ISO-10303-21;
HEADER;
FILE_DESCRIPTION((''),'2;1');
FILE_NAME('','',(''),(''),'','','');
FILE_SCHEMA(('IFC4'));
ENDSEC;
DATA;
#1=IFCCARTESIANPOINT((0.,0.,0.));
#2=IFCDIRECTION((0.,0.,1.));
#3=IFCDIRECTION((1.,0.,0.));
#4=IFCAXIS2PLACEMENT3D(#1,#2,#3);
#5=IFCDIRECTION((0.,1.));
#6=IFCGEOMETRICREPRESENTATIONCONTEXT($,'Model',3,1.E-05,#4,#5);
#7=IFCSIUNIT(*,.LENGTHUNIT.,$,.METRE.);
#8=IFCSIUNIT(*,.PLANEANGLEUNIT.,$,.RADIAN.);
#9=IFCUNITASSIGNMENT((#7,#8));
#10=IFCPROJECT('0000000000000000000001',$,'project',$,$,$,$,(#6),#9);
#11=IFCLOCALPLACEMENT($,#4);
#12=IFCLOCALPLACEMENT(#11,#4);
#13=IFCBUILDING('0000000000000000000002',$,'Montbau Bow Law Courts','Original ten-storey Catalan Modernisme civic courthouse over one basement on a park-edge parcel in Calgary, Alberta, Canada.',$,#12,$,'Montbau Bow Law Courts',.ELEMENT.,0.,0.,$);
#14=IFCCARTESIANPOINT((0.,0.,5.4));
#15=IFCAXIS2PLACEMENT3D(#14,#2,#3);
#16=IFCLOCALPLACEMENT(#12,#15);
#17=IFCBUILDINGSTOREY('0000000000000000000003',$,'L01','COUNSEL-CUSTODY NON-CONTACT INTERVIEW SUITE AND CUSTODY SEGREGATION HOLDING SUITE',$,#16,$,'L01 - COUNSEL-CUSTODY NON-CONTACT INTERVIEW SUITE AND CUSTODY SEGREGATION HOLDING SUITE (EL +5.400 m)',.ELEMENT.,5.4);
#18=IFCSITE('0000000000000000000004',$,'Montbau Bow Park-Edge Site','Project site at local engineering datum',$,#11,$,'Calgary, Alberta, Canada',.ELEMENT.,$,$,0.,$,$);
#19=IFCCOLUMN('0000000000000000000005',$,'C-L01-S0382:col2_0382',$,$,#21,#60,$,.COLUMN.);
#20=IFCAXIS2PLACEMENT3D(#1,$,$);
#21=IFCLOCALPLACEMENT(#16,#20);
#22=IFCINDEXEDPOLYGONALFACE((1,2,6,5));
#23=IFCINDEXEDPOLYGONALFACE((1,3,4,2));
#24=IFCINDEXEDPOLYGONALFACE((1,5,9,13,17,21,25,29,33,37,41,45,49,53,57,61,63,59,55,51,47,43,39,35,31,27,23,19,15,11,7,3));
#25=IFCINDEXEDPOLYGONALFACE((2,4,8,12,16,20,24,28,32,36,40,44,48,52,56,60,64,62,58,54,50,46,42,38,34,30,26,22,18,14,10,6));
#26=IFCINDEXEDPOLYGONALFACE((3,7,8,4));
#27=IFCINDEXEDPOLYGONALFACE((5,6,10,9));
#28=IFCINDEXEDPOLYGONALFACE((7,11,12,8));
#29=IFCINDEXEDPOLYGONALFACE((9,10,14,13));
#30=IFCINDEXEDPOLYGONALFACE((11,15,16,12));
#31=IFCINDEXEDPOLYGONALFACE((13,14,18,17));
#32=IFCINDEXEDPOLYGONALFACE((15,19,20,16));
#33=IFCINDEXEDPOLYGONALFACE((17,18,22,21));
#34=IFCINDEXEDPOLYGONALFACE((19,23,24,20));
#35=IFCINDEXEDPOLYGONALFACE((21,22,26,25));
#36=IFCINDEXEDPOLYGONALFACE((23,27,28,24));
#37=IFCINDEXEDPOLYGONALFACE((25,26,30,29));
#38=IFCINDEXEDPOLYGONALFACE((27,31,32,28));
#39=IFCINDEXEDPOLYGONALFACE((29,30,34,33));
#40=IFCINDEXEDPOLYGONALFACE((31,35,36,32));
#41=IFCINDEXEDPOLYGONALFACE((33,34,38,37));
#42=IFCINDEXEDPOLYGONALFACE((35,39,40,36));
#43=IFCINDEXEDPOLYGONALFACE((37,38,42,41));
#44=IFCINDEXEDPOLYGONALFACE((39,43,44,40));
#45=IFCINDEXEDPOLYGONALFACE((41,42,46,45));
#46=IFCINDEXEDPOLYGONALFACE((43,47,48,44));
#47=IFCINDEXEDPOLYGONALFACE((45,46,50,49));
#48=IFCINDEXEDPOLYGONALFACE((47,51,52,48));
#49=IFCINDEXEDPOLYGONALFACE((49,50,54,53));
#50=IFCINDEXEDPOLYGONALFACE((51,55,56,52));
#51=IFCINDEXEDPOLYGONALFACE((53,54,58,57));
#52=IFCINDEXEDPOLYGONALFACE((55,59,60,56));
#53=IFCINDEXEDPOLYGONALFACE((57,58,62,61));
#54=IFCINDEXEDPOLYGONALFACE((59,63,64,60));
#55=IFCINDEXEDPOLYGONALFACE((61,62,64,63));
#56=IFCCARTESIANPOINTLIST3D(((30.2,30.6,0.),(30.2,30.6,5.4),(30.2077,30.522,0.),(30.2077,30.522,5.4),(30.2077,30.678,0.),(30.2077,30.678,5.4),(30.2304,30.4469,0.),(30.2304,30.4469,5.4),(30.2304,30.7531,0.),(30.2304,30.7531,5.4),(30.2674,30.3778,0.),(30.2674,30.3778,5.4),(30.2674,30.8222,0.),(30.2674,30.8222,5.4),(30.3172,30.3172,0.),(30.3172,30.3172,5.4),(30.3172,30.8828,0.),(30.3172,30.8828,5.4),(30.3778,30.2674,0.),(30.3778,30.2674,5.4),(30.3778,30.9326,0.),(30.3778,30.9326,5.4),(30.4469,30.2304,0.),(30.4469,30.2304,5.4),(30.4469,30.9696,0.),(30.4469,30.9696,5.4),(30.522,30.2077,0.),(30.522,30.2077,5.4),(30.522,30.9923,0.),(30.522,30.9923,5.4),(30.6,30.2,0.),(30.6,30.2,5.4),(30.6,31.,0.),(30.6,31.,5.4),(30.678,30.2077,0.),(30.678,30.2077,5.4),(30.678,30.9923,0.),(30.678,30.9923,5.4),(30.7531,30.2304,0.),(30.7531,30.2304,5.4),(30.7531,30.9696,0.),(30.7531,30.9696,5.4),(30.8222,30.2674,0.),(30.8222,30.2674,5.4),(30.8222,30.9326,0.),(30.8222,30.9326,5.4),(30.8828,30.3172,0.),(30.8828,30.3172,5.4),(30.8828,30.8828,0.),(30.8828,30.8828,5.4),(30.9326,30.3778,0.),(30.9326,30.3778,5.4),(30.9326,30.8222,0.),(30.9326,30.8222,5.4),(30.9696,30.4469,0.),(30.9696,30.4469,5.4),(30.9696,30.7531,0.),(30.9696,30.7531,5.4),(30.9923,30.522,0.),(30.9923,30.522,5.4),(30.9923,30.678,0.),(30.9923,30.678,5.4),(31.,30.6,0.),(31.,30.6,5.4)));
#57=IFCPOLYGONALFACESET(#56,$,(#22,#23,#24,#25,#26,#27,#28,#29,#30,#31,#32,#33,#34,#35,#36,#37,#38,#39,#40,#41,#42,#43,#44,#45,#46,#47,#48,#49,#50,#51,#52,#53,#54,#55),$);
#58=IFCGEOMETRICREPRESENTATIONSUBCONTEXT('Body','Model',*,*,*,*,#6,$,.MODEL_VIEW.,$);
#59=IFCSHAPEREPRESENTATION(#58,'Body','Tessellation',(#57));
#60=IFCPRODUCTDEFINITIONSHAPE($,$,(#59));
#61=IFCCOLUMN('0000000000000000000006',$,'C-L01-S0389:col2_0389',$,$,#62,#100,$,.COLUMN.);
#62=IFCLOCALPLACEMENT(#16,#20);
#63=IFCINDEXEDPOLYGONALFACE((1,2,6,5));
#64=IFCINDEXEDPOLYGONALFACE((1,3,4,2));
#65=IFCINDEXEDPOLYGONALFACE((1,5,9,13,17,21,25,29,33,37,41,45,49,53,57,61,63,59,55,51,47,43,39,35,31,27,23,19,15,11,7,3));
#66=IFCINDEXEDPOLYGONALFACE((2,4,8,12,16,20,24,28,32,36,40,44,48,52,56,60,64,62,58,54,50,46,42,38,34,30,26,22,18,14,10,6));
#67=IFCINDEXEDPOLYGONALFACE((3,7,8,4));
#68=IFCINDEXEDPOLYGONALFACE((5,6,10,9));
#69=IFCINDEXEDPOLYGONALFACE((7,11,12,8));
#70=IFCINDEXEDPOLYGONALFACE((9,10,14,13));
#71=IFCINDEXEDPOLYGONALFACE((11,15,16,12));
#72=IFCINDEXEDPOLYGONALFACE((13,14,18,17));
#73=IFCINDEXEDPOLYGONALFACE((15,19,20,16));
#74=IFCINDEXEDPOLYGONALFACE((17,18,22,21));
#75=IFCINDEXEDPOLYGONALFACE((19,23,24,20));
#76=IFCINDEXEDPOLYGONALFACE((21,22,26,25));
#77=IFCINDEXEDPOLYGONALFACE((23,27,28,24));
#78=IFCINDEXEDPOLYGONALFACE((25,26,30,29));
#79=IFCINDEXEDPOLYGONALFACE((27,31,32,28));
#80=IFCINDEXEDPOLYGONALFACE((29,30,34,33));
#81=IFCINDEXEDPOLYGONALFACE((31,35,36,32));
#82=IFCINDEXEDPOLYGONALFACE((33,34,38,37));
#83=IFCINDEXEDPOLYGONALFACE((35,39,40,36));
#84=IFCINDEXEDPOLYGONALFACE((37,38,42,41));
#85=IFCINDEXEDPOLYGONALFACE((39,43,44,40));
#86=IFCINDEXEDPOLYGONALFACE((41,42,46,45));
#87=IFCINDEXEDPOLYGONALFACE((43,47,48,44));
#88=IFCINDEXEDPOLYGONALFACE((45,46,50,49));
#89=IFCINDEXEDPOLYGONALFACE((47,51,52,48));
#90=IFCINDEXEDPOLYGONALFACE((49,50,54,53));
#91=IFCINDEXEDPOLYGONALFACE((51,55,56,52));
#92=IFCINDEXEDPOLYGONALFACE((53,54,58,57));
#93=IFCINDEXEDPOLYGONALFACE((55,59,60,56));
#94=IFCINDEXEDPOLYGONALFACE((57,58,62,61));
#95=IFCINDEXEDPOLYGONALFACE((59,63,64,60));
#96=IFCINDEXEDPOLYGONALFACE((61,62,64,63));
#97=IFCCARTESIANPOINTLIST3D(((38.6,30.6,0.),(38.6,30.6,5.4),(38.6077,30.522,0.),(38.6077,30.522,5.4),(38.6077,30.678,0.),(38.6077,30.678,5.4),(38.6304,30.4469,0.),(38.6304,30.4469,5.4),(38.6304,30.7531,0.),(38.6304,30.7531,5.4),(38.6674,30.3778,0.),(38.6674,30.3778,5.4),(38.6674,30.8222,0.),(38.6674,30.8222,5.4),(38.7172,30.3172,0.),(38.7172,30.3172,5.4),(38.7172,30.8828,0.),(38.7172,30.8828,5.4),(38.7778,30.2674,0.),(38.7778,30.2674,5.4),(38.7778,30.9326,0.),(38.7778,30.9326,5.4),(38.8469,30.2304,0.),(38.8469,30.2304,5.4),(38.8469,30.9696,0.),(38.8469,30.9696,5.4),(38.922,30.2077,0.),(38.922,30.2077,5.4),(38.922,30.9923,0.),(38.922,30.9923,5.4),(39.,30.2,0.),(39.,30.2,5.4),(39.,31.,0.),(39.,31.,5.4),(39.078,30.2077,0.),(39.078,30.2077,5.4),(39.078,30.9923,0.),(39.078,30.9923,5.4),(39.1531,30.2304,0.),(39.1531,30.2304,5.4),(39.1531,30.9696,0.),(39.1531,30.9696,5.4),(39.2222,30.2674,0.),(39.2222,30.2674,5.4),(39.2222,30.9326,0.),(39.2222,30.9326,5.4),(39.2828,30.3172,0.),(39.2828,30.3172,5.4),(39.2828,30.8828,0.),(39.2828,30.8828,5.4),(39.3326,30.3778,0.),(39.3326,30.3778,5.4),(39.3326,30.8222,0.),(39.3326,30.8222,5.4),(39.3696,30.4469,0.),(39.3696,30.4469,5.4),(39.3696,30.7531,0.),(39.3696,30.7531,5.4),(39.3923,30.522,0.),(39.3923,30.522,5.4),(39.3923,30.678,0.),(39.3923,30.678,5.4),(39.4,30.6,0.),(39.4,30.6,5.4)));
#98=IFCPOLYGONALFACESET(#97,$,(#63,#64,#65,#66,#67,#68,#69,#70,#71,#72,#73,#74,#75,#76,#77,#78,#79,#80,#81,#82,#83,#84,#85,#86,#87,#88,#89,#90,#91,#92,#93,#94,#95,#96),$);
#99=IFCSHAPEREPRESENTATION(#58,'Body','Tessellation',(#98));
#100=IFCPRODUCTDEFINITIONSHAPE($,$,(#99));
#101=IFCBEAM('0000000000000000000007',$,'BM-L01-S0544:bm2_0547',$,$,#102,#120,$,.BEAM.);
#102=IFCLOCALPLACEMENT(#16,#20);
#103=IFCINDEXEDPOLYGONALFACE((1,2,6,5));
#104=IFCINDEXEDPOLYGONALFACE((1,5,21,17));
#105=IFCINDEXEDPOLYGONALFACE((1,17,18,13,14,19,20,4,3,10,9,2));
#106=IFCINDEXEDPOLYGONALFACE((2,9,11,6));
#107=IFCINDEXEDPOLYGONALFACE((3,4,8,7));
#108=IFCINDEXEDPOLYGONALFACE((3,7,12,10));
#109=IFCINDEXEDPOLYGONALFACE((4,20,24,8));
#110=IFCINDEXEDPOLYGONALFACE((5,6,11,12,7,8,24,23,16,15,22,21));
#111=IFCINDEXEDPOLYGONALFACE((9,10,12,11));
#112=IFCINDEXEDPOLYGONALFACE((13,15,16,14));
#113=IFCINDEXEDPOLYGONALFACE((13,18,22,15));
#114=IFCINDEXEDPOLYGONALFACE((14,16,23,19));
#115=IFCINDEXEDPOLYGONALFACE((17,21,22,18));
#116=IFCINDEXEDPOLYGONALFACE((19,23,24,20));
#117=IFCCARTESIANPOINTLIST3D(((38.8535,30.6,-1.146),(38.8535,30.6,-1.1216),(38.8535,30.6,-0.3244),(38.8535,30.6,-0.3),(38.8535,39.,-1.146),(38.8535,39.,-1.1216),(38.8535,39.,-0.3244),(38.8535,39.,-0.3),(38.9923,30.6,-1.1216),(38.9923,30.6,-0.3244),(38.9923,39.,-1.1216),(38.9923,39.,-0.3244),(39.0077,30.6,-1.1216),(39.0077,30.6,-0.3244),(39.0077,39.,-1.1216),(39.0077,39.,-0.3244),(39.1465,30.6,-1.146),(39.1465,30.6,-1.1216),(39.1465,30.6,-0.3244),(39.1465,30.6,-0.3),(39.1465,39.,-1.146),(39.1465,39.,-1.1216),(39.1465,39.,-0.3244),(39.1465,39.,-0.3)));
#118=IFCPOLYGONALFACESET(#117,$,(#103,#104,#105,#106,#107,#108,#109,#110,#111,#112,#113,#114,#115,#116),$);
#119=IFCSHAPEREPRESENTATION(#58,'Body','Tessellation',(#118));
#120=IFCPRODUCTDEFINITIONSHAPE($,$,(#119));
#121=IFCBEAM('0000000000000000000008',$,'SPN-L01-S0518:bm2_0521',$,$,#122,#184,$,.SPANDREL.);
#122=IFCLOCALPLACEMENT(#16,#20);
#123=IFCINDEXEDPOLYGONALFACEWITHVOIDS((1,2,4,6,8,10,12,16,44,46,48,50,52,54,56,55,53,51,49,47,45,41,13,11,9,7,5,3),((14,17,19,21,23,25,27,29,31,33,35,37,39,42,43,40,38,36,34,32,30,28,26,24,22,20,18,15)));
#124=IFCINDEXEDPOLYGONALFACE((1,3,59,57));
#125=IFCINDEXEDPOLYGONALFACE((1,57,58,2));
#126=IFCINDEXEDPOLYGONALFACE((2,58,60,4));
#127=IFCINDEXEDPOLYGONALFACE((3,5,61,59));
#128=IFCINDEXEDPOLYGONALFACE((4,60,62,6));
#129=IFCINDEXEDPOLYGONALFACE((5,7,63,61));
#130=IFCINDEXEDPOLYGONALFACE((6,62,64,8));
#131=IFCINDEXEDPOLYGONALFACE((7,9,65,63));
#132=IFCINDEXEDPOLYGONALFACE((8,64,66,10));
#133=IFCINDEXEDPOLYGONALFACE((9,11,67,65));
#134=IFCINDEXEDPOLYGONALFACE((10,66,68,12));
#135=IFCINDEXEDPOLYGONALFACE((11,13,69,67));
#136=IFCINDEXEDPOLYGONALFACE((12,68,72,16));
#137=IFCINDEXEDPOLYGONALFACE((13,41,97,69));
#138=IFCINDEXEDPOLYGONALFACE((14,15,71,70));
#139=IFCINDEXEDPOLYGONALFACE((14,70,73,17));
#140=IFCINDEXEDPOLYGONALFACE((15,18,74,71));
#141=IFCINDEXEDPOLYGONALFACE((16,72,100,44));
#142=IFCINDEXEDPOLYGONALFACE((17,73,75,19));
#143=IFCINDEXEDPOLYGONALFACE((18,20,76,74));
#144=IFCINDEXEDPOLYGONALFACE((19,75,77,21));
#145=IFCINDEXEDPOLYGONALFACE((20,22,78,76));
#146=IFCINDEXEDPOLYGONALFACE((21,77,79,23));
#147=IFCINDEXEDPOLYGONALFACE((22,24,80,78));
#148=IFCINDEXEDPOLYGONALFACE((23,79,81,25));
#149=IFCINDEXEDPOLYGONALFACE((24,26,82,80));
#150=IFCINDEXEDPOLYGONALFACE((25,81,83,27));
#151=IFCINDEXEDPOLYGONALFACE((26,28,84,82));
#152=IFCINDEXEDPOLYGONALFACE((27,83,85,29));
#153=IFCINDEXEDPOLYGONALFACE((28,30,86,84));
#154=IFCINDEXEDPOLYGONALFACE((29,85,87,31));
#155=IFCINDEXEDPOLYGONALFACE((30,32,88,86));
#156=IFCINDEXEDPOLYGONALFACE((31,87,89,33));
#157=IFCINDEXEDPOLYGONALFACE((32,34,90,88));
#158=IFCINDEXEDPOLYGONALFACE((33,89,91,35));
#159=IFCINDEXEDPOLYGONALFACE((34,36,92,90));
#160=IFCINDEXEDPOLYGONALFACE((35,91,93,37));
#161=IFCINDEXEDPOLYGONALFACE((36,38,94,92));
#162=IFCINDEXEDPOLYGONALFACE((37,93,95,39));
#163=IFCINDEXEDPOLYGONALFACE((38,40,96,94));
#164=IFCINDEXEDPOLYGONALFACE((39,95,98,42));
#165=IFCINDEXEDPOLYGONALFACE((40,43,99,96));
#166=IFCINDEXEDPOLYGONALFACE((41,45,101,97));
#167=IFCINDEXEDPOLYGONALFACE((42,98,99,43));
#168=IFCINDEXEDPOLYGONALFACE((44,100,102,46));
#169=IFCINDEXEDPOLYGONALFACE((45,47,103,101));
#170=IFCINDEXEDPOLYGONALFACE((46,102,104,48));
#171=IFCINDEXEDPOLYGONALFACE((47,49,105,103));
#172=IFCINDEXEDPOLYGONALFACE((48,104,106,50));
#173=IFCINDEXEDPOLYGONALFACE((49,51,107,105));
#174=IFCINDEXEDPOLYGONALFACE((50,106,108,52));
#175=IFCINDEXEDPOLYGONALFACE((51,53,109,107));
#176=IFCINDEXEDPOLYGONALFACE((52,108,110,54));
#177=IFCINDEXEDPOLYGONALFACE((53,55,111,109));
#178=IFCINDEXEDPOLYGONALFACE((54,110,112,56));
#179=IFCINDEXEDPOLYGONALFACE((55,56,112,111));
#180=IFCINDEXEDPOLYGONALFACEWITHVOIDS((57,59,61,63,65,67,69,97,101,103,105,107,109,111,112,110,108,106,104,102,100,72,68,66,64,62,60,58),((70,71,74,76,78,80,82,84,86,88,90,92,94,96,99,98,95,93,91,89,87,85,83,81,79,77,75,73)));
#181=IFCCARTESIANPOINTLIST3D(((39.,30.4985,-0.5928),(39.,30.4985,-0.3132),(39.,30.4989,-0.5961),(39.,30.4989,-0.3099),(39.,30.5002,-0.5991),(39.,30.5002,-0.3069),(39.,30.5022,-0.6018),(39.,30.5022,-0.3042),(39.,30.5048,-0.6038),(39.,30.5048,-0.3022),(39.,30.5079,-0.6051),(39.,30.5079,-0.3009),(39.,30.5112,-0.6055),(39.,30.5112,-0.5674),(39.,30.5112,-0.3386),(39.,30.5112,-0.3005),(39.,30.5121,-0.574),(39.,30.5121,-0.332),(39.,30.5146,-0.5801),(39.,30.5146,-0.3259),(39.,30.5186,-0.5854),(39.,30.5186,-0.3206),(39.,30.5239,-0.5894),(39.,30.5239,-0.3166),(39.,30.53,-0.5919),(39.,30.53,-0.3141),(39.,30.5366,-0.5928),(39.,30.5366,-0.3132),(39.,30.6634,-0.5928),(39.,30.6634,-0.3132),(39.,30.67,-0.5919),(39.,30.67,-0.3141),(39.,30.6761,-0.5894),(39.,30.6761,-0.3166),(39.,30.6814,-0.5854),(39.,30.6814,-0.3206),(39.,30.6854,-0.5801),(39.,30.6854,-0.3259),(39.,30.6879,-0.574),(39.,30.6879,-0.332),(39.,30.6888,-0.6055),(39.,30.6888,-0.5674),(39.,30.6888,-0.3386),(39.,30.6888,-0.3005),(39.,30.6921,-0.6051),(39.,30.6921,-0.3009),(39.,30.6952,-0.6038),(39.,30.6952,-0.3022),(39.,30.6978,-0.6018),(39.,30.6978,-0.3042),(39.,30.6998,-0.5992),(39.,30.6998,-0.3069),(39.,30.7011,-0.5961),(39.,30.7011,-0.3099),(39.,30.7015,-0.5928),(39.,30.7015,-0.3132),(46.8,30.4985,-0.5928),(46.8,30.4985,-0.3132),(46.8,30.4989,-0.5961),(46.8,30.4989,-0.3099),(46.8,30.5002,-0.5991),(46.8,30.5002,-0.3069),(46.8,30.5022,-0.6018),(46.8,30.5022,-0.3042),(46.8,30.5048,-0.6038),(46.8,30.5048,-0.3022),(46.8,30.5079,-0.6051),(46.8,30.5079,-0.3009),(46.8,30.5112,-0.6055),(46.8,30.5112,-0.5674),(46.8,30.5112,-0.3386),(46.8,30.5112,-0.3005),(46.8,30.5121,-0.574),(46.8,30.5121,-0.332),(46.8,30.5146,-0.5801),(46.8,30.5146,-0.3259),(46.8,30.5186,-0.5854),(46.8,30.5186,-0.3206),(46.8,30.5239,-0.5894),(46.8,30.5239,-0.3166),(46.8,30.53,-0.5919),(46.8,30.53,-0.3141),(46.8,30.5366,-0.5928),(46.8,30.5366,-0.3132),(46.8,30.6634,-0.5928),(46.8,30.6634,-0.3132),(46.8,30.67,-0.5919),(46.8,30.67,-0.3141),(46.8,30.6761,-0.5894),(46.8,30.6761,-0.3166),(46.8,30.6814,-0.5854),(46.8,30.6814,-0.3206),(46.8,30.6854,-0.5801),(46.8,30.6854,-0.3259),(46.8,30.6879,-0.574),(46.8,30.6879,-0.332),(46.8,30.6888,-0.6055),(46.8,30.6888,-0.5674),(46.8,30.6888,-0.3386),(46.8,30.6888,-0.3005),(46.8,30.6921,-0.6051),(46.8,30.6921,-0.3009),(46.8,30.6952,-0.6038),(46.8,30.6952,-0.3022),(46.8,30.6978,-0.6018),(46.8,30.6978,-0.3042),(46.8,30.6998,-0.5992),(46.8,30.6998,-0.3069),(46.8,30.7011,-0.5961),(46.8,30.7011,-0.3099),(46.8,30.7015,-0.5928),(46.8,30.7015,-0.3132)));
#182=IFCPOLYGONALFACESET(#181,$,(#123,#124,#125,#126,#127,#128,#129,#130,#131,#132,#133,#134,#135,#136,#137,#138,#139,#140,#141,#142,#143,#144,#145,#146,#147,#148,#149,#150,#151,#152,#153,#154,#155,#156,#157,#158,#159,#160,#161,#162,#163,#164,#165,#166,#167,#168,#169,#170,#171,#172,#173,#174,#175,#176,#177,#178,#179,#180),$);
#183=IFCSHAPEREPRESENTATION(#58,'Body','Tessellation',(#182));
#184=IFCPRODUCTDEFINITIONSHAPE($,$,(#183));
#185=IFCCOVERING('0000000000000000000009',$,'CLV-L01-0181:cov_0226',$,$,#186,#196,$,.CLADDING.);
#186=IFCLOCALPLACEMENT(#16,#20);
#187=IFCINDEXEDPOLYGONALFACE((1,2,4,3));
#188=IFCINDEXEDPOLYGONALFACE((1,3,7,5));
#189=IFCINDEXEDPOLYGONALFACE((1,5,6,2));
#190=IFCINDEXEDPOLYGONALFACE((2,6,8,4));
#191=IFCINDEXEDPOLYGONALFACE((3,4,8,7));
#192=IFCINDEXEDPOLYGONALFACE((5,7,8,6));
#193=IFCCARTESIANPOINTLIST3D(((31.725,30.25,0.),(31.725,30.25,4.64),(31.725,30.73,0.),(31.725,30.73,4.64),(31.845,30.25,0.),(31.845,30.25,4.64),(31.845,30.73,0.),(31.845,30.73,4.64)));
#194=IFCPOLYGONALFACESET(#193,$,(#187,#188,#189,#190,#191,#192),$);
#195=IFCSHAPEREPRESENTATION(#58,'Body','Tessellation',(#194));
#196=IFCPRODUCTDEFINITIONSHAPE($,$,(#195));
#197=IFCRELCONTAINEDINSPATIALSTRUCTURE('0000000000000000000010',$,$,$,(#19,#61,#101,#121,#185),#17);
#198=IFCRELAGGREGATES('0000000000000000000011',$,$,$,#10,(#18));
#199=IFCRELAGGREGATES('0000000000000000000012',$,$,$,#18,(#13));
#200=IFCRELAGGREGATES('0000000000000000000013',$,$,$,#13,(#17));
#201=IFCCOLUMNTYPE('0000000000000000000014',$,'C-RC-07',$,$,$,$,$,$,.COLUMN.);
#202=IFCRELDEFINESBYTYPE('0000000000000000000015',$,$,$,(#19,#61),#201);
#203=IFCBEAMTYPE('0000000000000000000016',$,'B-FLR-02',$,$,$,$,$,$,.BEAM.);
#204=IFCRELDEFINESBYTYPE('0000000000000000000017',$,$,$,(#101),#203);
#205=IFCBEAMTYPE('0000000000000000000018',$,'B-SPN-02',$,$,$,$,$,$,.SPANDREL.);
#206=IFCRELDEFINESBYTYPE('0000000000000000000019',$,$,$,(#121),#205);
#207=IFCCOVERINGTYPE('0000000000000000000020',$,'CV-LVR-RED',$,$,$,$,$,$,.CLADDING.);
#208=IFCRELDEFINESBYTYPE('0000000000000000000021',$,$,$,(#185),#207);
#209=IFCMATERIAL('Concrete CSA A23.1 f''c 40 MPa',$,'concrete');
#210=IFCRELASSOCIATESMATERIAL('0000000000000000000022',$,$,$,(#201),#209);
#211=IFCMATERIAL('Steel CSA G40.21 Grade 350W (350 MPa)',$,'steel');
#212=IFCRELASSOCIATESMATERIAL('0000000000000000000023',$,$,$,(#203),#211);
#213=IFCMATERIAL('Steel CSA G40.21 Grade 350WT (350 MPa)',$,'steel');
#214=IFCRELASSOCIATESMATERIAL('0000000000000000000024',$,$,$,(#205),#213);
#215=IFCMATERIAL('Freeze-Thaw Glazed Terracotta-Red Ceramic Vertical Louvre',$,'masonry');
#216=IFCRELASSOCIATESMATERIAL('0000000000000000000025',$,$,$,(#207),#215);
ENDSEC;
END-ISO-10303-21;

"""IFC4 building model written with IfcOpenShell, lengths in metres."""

from ifc_helpers import new_model, si_unit, direction, frame, frame_2d, origin_with_axes, origin_2d_with_axis, place, context, subcontext, project, spatial, rectangle, hollow_rectangle, circle, i_section, extrude, material, material_profile, profile_set, type_object, element, save


model = new_model("IFC4")

# Units and contexts
model_context = context("Model", 3, precision=1e-05, world=origin_with_axes(), true_north=direction((0.0, 1.0)))
body_context = subcontext(model_context, "Body", "Model", "MODEL_VIEW")
ifc_project = project(units=[si_unit("LENGTHUNIT", "METRE"), si_unit("PLANEANGLEUNIT", "RADIAN")], contexts=[model_context])

# Site, building, storey
site_placement = place(None, origin_with_axes())
site = spatial("IfcSite", under=ifc_project, at=site_placement, Name="Montbau Bow Park-Edge Site", Description="Project site at local engineering datum", LongName="Calgary, Alberta, Canada", CompositionType="ELEMENT", RefElevation=0.0)
building_placement = place(site_placement, origin_with_axes())
building = spatial("IfcBuilding", under=site, at=building_placement, Name="Montbau Bow Law Courts", Description="Original ten-storey Catalan Modernisme civic courthouse over one basement on a park-edge parcel in Calgary, Alberta, Canada.", LongName="Montbau Bow Law Courts", CompositionType="ELEMENT", ElevationOfRefHeight=0.0, ElevationOfTerrain=0.0)
storey_placement = place(building_placement, frame((0.0, 0.0, 5.4), z_axis=(0.0, 0.0, 1.0), x_axis=(1.0, 0.0, 0.0)))
storey = spatial("IfcBuildingStorey", under=building, at=storey_placement, Name="L01", Description="COUNSEL-CUSTODY NON-CONTACT INTERVIEW SUITE AND CUSTODY SEGREGATION HOLDING SUITE", LongName="L01 - COUNSEL-CUSTODY NON-CONTACT INTERVIEW SUITE AND CUSTODY SEGREGATION HOLDING SUITE (EL +5.400 m)", CompositionType="ELEMENT", Elevation=5.4)

# Columns
ifc_material_1 = material(Name="Concrete CSA A23.1 f'c 40 MPa", Category="concrete")
ifc_material_profile_1 = material_profile(ifc_material_1, circle(Radius=0.4, at=origin_2d_with_axis()), Name="RC800D", Category="Main", Priority=0)
ifc_profile_set_1 = profile_set([ifc_material_profile_1], Name="Concrete CSA A23.1 f'c 40 MPa")
column_type = type_object("IfcColumnType", Name="C-RC-07", PredefinedType="COLUMN", material=ifc_profile_set_1)
for number, where, z_axis, x_axis, name in (
    (1, (30.6, 30.6, 5.4), (0.0, 0.0, 1.0), (1.0, 0.0, 0.0), "C-L01-S0382:col2_0382"),
    (2, (39.0, 30.6, 5.4), (0.0, 0.0, 1.0), (1.0, 0.0, 0.0), "C-L01-S0389:col2_0389"),
):
    element("IfcColumn", number, at=place(None, frame(where, z_axis=z_axis, x_axis=x_axis)), inside=storey, type_object=column_type, Name=name, PredefinedType="COLUMN", context=body_context, shape_type="SweptSolid", body=[
        extrude(circle(Radius=0.4, at=origin_2d_with_axis()), origin_with_axes(), (0.0, 0.0, 1.0), 5.4),
    ])

# Beams
ifc_material_2 = material(Name="Steel CSA G40.21 Grade 350W (350 MPa)", Category="steel")
ifc_material_profile_2 = material_profile(ifc_material_2, i_section(OverallWidth=0.293, OverallDepth=0.846, WebThickness=0.0154, FlangeThickness=0.0244, at=origin_2d_with_axis()), Name="W840X210", Category="Main", Priority=0)
ifc_profile_set_2 = profile_set([ifc_material_profile_2], Name="Steel CSA G40.21 Grade 350W (350 MPa)")
beam_type_1 = type_object("IfcBeamType", Name="B-FLR-02", PredefinedType="BEAM", material=ifc_profile_set_2)
beam_1_placement = place(None, frame((39.0, 30.6, 4.677), z_axis=(0.0, 1.0, 0.0), x_axis=(-1.0, 0.0, 0.0)))
element("IfcBeam", 3, at=beam_1_placement, inside=storey, type_object=beam_type_1, Name="BM-L01-S0544:bm2_0547", PredefinedType="BEAM", context=body_context, shape_type="SweptSolid", body=[
    extrude(i_section(OverallWidth=0.293, OverallDepth=0.846, WebThickness=0.0154, FlangeThickness=0.0244, at=origin_2d_with_axis()), origin_with_axes(), (0.0, 0.0, 1.0), 8.4),
])
ifc_material_3 = material(Name="Steel CSA G40.21 Grade 350WT (350 MPa)", Category="steel")
ifc_material_profile_3 = material_profile(ifc_material_3, hollow_rectangle(XDim=0.203, YDim=0.305, WallThickness=0.0127, InnerFilletRadius=0.0254, OuterFilletRadius=0.0127, at=origin_2d_with_axis()), Name="HSS305X203X13", Category="Main", Priority=0)
ifc_profile_set_3 = profile_set([ifc_material_profile_3], Name="Steel CSA G40.21 Grade 350WT (350 MPa)")
beam_type_2 = type_object("IfcBeamType", Name="B-SPN-02", PredefinedType="SPANDREL", material=ifc_profile_set_3)
beam_2_placement = place(None, frame((39.0, 30.6, 4.947), z_axis=(1.0, 0.0, 0.0), x_axis=(0.0, 1.0, 0.0)))
element("IfcBeam", 4, at=beam_2_placement, inside=storey, type_object=beam_type_2, Name="SPN-L01-S0518:bm2_0521", PredefinedType="SPANDREL", context=body_context, shape_type="SweptSolid", body=[
    extrude(hollow_rectangle(XDim=0.203, YDim=0.305, WallThickness=0.0127, InnerFilletRadius=0.0254, OuterFilletRadius=0.0127, at=origin_2d_with_axis()), origin_with_axes(), (0.0, 0.0, 1.0), 7.8),
])

# Covering
ifc_material_4 = material(Name="Freeze-Thaw Glazed Terracotta-Red Ceramic Vertical Louvre", Category="masonry")
covering_type = type_object("IfcCoveringType", Name="CV-LVR-RED", PredefinedType="CLADDING", material=ifc_material_4)
for number, where, z_axis, x_axis, name in (
    (5, (31.785, 30.73, 5.4), (-1.0, 0.0, 0.0), (0.0, -1.0, 0.0), "CLV-L01-0181:cov_0226"),
):
    element("IfcCovering", number, at=place(None, frame(where, z_axis=z_axis, x_axis=x_axis)), inside=storey, type_object=covering_type, Name=name, PredefinedType="CLADDING", context=body_context, shape_type="SweptSolid", body=[
        extrude(rectangle(XDim=0.48, YDim=4.64, at=frame_2d((0.24, 2.32), x_axis=(1.0, 0.0))), frame((0.0, 0.0, -0.06), z_axis=(0.0, 0.0, 1.0), x_axis=(1.0, 0.0, 0.0)), (0.0, 0.0, 1.0), 0.12),
    ])

save(model, "model.ifc")
